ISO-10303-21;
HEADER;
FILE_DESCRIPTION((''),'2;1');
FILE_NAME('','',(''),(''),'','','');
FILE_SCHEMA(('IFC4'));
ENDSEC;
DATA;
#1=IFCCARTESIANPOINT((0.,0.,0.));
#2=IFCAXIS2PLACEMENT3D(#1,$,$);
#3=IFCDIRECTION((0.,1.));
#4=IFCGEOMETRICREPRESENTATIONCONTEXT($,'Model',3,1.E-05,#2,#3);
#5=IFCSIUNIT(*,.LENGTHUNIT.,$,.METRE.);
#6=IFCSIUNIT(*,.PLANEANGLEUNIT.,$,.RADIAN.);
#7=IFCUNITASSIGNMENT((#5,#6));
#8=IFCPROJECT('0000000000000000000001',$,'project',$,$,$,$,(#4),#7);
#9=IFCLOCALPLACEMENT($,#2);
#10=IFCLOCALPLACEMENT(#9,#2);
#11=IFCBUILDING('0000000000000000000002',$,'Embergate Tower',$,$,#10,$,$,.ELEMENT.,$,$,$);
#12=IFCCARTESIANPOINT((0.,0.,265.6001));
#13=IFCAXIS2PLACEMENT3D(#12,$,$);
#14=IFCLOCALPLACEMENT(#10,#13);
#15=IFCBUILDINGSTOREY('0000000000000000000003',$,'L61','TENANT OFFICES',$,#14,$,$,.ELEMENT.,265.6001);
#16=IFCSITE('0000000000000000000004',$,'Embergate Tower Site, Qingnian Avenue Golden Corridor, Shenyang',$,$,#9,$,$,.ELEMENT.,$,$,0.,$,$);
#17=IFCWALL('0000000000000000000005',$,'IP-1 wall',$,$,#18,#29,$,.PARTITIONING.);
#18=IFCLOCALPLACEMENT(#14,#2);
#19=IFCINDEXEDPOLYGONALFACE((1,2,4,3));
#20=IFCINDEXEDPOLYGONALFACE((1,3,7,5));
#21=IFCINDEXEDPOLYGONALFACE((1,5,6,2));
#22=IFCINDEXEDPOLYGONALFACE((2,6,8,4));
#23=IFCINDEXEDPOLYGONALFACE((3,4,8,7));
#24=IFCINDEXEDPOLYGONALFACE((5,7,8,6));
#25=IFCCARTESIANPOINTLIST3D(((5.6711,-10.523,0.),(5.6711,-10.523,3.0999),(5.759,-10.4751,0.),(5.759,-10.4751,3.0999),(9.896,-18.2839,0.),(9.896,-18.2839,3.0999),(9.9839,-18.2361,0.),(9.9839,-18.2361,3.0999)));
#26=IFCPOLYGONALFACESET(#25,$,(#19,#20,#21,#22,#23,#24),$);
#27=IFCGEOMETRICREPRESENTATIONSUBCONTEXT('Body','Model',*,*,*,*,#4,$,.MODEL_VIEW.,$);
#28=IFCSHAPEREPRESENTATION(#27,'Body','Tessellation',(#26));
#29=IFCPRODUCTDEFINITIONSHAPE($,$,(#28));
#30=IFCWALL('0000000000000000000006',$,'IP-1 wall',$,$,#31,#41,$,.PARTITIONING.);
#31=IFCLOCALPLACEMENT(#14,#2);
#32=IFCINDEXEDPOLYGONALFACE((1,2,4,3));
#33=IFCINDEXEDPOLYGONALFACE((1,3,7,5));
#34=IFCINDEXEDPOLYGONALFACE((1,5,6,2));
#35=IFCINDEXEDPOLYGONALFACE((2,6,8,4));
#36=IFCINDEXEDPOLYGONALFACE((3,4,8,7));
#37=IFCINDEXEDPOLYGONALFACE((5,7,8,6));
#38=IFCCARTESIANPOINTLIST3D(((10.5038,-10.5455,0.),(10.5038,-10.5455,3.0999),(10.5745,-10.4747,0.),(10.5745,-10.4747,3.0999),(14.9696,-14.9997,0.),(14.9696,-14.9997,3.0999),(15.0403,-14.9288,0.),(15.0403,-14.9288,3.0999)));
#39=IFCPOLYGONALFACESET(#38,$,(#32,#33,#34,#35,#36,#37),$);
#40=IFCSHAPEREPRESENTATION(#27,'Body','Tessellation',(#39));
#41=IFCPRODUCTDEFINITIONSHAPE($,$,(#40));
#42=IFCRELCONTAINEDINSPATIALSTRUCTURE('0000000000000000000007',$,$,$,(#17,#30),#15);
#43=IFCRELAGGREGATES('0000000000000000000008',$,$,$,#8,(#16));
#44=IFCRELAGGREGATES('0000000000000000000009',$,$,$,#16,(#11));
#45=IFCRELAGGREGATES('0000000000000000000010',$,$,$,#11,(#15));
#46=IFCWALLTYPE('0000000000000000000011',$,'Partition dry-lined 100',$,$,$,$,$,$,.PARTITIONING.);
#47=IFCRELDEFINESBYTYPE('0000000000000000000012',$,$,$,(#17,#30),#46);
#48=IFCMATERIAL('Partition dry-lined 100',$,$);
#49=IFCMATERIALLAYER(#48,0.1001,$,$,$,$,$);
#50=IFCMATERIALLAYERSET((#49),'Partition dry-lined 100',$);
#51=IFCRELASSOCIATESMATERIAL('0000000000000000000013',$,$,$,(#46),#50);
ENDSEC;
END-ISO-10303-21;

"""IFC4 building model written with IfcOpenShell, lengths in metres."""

from ifc_helpers import new_model, si_unit, direction, frame, frame_2d, origin, place, context, subcontext, project, spatial, rectangle, extrude, source, transform, mapped, material, layer, layer_set, type_object, element, save


model = new_model("IFC4")

# Units and contexts
model_context = context("Model", 3, precision=1e-05, world=origin(), true_north=direction((0.0, 1.0)))
body_context = subcontext(model_context, "Body", "Model", "MODEL_VIEW")
ifc_project = project(units=[si_unit("LENGTHUNIT", "METRE"), si_unit("PLANEANGLEUNIT", "RADIAN")], contexts=[model_context])

# Site, building, storey
site_placement = place(None, origin())
site = spatial("IfcSite", under=ifc_project, at=site_placement, Name="Embergate Tower Site, Qingnian Avenue Golden Corridor, Shenyang", CompositionType="ELEMENT", RefElevation=0.0)
building_placement = place(site_placement, origin())
building = spatial("IfcBuilding", under=site, at=building_placement, Name="Embergate Tower", CompositionType="ELEMENT")
storey_placement = place(building_placement, frame((0.0, 0.0, 265.6001)))
storey = spatial("IfcBuildingStorey", under=building, at=storey_placement, Name="L61", Description="TENANT OFFICES", CompositionType="ELEMENT", Elevation=265.6001)

# Walls
ifc_material_1 = material(Name="Partition dry-lined 100")
ifc_layer_1 = layer(ifc_material_1, 0.1001)
ifc_layer_set_1 = layer_set([ifc_layer_1], Name="Partition dry-lined 100")
wall_type_1 = type_object("IfcWallType", Name="Partition dry-lined 100", PredefinedType="PARTITIONING", material=ifc_layer_set_1)
shared_shape_1 = source(origin(), body_context, "Body", "SweptSolid", [
    extrude(rectangle(XDim=8.8364, YDim=0.1001, at=frame_2d((4.4182, 0.0))), origin(), (0.0, 0.0, 1.0), 3.0999),
])
wall_1_placement = place(storey_placement, frame((5.7151, -10.499, 0.0), z_axis=(0.0, 0.0, 1.0), x_axis=(0.478118, -0.878295, 0.0)))
element("IfcWall", 1, at=wall_1_placement, inside=storey, type_object=wall_type_1, Name="IP-1 wall", PredefinedType="PARTITIONING", context=body_context, shape_type="MappedRepresentation", body=[
    mapped(shared_shape_1, transform((0.0, 0.0, 0.0))),
])
shared_shape_2 = source(origin(), body_context, "Body", "SweptSolid", [
    extrude(rectangle(XDim=6.3074, YDim=0.1001, at=frame_2d((3.1538, 0.0))), origin(), (0.0, 0.0, 1.0), 3.0999),
])
wall_2_placement = place(storey_placement, frame((10.5391, -10.51, 0.0), z_axis=(0.0, 0.0, 1.0), x_axis=(0.708035, -0.706177, 0.0)))
element("IfcWall", 2, at=wall_2_placement, inside=storey, type_object=wall_type_1, Name="IP-1 wall", PredefinedType="PARTITIONING", context=body_context, shape_type="MappedRepresentation", body=[
    mapped(shared_shape_2, transform((0.0, 0.0, 0.0))),
])

save(model, "model.ifc")
